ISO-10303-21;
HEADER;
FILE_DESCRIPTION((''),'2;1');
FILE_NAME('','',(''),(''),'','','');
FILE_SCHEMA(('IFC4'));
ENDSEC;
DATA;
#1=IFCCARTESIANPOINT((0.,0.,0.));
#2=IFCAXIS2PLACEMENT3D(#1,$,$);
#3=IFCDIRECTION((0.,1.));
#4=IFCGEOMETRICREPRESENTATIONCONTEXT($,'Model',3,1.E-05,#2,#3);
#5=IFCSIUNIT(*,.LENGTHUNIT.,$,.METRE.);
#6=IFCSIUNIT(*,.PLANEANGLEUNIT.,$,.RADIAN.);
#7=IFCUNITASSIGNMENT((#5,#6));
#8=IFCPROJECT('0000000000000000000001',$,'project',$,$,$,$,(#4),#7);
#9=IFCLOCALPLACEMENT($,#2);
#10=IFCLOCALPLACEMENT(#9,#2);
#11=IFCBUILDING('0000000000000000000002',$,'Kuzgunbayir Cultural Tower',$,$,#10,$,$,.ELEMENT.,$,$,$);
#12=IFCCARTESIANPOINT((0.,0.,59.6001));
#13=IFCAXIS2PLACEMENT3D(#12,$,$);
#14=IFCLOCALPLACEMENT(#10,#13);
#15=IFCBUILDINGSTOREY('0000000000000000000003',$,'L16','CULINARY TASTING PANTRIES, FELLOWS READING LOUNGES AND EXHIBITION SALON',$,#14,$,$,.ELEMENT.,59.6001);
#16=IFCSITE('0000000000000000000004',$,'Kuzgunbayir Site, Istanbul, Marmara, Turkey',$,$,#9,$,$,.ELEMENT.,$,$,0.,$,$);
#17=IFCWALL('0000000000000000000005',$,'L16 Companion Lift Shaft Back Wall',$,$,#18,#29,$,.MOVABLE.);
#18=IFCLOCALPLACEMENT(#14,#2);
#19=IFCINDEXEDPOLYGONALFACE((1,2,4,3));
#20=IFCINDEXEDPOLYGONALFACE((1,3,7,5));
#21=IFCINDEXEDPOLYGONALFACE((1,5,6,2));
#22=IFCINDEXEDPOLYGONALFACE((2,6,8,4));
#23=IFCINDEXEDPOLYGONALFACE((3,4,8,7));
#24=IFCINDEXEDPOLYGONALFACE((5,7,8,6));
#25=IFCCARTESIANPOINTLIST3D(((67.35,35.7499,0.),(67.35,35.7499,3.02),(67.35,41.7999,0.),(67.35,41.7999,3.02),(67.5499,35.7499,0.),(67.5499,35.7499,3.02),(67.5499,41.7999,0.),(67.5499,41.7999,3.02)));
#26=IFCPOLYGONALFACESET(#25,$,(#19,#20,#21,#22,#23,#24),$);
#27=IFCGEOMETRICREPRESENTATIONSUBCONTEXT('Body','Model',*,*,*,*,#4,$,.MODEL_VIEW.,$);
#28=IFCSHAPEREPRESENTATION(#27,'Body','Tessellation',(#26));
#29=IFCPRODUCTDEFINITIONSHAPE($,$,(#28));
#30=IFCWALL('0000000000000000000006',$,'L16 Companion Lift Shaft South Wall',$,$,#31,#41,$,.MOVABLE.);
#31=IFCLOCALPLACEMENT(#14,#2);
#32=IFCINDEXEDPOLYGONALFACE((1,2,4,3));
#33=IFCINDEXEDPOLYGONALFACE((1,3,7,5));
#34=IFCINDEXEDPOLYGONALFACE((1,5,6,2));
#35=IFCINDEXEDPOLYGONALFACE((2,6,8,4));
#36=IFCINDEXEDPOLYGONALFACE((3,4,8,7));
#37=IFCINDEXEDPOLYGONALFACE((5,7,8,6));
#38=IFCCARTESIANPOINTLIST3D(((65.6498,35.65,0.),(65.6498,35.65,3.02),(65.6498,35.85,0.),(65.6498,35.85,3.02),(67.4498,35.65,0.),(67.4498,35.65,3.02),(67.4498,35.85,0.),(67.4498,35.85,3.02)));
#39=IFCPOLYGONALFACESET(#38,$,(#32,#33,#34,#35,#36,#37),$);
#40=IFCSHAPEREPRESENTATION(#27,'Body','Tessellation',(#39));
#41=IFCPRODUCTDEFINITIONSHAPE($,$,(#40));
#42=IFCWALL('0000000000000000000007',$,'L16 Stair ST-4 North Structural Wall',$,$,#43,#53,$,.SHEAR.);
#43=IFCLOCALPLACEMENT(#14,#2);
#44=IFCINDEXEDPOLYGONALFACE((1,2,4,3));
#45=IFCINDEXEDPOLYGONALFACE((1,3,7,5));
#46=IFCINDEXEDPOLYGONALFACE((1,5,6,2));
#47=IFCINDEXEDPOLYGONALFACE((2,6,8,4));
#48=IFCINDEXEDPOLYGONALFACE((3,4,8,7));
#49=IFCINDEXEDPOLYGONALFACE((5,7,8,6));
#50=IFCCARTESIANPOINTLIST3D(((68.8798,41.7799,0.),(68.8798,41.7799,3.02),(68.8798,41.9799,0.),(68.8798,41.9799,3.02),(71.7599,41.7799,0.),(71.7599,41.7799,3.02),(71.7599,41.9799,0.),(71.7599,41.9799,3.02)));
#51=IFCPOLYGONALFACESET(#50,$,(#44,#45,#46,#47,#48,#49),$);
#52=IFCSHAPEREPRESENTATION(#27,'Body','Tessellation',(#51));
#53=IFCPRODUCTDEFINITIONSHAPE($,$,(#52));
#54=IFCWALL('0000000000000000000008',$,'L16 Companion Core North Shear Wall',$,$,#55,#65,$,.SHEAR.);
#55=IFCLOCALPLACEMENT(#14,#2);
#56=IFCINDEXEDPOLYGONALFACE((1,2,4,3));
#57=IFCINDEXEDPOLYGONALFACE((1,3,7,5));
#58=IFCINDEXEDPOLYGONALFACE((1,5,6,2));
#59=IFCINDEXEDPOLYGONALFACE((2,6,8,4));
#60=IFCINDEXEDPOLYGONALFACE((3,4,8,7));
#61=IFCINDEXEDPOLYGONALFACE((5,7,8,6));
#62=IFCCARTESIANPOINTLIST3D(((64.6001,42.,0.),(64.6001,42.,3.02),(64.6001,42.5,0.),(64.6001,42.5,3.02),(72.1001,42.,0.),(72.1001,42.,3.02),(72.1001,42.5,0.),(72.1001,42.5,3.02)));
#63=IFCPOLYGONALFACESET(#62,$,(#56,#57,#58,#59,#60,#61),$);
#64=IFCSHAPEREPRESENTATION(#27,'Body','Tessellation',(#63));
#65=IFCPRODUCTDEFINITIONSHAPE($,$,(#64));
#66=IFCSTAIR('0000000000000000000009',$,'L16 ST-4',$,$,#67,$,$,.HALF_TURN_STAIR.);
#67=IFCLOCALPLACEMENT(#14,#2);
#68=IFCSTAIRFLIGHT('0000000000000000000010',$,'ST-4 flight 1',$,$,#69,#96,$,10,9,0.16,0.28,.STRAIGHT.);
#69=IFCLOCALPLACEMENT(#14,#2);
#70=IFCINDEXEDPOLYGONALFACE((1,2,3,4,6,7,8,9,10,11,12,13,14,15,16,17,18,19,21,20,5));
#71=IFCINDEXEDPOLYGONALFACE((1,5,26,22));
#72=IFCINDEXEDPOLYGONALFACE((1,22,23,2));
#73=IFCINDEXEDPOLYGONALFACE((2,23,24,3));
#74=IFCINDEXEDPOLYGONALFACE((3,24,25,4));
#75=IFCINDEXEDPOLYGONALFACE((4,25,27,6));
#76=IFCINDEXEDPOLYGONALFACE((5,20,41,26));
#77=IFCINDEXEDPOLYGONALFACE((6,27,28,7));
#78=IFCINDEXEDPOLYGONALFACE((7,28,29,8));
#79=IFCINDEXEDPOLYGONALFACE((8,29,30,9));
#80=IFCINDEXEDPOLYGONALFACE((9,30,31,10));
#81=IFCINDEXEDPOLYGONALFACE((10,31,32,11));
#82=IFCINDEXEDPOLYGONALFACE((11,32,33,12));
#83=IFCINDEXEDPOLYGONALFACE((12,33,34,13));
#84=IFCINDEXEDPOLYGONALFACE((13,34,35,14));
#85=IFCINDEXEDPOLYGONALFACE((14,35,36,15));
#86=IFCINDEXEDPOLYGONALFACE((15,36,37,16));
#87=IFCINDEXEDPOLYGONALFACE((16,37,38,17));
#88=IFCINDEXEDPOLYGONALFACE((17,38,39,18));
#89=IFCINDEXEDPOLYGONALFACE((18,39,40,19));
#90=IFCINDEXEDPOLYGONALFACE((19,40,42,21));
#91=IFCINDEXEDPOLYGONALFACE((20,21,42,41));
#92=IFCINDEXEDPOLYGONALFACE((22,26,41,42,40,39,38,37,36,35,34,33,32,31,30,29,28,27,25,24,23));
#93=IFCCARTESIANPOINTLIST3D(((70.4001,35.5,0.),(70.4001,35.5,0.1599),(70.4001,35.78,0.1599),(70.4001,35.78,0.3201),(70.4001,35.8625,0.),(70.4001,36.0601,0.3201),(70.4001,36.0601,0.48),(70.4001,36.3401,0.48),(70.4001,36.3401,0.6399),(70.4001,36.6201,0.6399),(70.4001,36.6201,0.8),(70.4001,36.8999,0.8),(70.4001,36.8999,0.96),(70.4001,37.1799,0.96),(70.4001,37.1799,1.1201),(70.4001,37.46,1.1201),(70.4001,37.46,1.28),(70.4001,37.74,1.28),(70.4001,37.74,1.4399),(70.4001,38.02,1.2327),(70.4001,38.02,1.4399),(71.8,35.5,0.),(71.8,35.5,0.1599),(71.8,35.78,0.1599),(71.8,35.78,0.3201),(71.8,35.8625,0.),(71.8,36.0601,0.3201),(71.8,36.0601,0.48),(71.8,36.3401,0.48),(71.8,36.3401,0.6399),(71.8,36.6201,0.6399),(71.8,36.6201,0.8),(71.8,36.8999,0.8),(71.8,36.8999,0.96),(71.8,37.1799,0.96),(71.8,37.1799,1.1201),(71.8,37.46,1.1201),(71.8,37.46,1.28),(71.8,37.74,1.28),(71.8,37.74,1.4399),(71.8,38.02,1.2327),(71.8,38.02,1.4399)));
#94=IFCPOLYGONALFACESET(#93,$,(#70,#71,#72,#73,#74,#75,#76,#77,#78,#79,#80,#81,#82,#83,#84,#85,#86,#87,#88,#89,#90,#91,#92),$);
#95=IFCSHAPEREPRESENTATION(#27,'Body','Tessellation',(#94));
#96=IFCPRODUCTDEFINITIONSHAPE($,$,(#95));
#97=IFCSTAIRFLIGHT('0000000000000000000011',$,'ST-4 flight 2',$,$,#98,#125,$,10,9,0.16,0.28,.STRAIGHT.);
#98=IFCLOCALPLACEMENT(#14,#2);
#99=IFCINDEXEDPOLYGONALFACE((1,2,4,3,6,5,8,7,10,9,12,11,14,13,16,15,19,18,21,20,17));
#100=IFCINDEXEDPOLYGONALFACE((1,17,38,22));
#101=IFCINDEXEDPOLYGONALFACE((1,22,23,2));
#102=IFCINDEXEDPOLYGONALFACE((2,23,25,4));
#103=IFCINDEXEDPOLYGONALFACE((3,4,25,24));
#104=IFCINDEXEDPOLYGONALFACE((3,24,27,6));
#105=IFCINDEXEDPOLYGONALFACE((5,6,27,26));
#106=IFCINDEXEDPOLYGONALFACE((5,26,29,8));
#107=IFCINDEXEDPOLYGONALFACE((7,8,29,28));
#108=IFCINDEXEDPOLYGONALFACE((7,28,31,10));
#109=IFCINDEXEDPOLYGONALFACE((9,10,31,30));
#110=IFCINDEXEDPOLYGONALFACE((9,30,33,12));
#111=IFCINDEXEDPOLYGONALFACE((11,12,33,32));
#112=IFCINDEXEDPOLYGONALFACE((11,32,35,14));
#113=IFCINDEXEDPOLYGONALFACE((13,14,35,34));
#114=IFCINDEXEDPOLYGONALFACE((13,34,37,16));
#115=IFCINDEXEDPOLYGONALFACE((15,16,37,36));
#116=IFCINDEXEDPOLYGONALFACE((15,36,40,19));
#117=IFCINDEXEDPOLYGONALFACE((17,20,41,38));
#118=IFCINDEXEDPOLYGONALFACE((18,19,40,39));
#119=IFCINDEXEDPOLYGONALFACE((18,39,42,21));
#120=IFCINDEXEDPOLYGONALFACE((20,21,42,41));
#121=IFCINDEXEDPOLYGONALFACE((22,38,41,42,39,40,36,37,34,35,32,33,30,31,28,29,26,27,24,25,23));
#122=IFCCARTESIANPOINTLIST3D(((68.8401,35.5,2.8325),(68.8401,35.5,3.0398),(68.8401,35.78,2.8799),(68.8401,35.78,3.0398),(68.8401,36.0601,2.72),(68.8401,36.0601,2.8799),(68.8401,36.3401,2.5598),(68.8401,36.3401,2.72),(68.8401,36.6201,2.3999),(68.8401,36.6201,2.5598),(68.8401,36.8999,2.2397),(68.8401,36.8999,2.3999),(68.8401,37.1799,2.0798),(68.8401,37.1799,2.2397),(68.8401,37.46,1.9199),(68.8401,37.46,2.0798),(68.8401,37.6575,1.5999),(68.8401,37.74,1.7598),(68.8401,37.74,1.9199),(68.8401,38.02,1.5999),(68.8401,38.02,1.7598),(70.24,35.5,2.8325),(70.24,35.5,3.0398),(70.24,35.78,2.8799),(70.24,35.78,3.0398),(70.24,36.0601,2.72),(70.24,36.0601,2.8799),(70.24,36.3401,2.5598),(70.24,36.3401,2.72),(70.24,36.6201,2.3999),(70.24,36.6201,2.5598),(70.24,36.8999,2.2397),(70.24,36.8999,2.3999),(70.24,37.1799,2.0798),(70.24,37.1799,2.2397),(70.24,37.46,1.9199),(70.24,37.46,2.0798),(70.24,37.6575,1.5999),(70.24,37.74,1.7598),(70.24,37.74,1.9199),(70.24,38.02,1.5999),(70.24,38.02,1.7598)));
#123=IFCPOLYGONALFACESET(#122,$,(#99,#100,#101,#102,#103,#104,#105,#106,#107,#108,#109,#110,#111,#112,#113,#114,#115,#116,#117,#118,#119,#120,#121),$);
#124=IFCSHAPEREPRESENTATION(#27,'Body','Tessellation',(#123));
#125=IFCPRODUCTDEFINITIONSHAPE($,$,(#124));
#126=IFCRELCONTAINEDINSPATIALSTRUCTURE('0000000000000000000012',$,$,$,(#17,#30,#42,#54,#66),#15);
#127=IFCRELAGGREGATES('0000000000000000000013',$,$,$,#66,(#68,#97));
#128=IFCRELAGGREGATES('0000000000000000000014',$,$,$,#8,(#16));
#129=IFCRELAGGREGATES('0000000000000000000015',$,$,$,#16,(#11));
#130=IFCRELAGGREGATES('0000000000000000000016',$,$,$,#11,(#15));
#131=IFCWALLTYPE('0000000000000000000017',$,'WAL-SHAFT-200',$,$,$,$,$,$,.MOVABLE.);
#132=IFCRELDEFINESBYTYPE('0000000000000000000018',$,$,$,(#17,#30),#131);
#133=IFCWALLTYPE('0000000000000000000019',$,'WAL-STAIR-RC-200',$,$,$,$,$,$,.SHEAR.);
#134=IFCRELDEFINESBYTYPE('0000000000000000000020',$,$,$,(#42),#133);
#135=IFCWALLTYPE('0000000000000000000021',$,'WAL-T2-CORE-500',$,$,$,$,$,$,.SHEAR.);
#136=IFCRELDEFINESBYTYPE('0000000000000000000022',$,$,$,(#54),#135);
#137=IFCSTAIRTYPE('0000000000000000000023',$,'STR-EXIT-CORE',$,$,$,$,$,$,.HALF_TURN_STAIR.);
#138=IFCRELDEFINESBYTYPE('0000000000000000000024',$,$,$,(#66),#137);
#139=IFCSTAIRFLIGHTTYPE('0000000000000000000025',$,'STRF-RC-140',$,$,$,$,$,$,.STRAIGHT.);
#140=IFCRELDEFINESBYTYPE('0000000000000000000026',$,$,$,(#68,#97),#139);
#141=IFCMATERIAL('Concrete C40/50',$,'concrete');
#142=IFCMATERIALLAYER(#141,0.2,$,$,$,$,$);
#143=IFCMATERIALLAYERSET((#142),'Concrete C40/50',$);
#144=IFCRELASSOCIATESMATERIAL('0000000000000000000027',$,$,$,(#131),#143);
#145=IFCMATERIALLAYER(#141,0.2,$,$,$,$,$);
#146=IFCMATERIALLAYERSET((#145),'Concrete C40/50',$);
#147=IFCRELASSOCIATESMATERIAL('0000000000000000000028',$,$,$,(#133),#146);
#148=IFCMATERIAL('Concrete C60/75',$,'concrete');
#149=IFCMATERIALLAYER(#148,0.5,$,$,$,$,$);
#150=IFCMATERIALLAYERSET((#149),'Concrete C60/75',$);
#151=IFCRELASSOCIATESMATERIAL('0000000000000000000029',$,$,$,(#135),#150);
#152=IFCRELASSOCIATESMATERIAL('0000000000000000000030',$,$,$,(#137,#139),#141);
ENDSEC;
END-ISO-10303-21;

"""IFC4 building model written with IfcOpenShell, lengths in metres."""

from ifc_helpers import new_model, si_unit, direction, frame, frame_2d, origin, place, context, subcontext, project, spatial, polyline, rectangle, outline, extrude, material, layer, layer_set, type_object, element, aggregate, save


model = new_model("IFC4")

# Units and contexts
model_context = context("Model", 3, precision=1e-05, world=origin(), true_north=direction((0.0, 1.0)))
body_context = subcontext(model_context, "Body", "Model", "MODEL_VIEW")
ifc_project = project(units=[si_unit("LENGTHUNIT", "METRE"), si_unit("PLANEANGLEUNIT", "RADIAN")], contexts=[model_context])

# Site, building, storey
site_placement = place(None, origin())
site = spatial("IfcSite", under=ifc_project, at=site_placement, Name="Kuzgunbayir Site, Istanbul, Marmara, Turkey", CompositionType="ELEMENT", RefElevation=0.0)
building_placement = place(site_placement, origin())
building = spatial("IfcBuilding", under=site, at=building_placement, Name="Kuzgunbayir Cultural Tower", CompositionType="ELEMENT")
storey_placement = place(building_placement, frame((0.0, 0.0, 59.6001)))
storey = spatial("IfcBuildingStorey", under=building, at=storey_placement, Name="L16", Description="CULINARY TASTING PANTRIES, FELLOWS READING LOUNGES AND EXHIBITION SALON", CompositionType="ELEMENT", Elevation=59.6001)

# Shared definitions
ifc_material_1 = material(Name="Concrete C60/75", Category="concrete")

# Shared definitions
ifc_material_2 = material(Name="Concrete C40/50", Category="concrete")
ifc_layer_1 = layer(ifc_material_2, 0.2)
ifc_layer_set_1 = layer_set([ifc_layer_1], Name="Concrete C40/50")
wall_type_1 = type_object("IfcWallType", Name="WAL-SHAFT-200", PredefinedType="MOVABLE", material=ifc_layer_set_1)

# Walls
wall_1_placement = place(storey_placement, frame((67.45, 35.75, 0.0), z_axis=(0.0, 0.0, 1.0), x_axis=(0.0, 1.0, 0.0)))
element("IfcWall", 1, at=wall_1_placement, inside=storey, type_object=wall_type_1, Name="L16 Companion Lift Shaft Back Wall", PredefinedType="MOVABLE", context=body_context, shape_type="SweptSolid", body=[
    extrude(rectangle(XDim=6.05, YDim=0.2, at=frame_2d((3.0249, 0.0))), origin(), (0.0, 0.0, 1.0), 3.02),
])
wall_2_placement = place(storey_placement, frame((65.6499, 35.75, 0.0), z_axis=(0.0, 0.0, 1.0), x_axis=(1.0, 0.0, 0.0)))
element("IfcWall", 2, at=wall_2_placement, inside=storey, type_object=wall_type_1, Name="L16 Companion Lift Shaft South Wall", PredefinedType="MOVABLE", context=body_context, shape_type="SweptSolid", body=[
    extrude(rectangle(XDim=1.8, YDim=0.2, at=frame_2d((0.8999, 0.0))), origin(), (0.0, 0.0, 1.0), 3.02),
])
ifc_layer_2 = layer(ifc_material_2, 0.2)
ifc_layer_set_2 = layer_set([ifc_layer_2], Name="Concrete C40/50")
wall_type_2 = type_object("IfcWallType", Name="WAL-STAIR-RC-200", PredefinedType="SHEAR", material=ifc_layer_set_2)
wall_3_placement = place(storey_placement, frame((68.8799, 41.8799, 0.0), z_axis=(0.0, 0.0, 1.0), x_axis=(1.0, 0.0, 0.0)))
element("IfcWall", 3, at=wall_3_placement, inside=storey, type_object=wall_type_2, Name="L16 Stair ST-4 North Structural Wall", PredefinedType="SHEAR", context=body_context, shape_type="SweptSolid", body=[
    extrude(rectangle(XDim=2.8801, YDim=0.2, at=frame_2d((1.4399, 0.0))), origin(), (0.0, 0.0, 1.0), 3.02),
])
ifc_layer_3 = layer(ifc_material_1, 0.5)
ifc_layer_set_3 = layer_set([ifc_layer_3], Name="Concrete C60/75")
wall_type_3 = type_object("IfcWallType", Name="WAL-T2-CORE-500", PredefinedType="SHEAR", material=ifc_layer_set_3)
wall_4_placement = place(storey_placement, frame((64.6001, 42.25, 0.0), z_axis=(0.0, 0.0, 1.0), x_axis=(1.0, 0.0, 0.0)))
element("IfcWall", 4, at=wall_4_placement, inside=storey, type_object=wall_type_3, Name="L16 Companion Core North Shear Wall", PredefinedType="SHEAR", context=body_context, shape_type="SweptSolid", body=[
    extrude(rectangle(XDim=7.5, YDim=0.5, at=frame_2d((3.75, 0.0))), origin(), (0.0, 0.0, 1.0), 3.02),
])

# Stair, stair flights
stair_type = type_object("IfcStairType", Name="STR-EXIT-CORE", PredefinedType="HALF_TURN_STAIR", material=ifc_material_2)
stair_placement = place(storey_placement, origin())
stair = element("IfcStair", 5, at=stair_placement, inside=storey, type_object=stair_type, Name="L16 ST-4", PredefinedType="HALF_TURN_STAIR")
stair_flight_type = type_object("IfcStairFlightType", Name="STRF-RC-140", PredefinedType="STRAIGHT", material=ifc_material_2)
stair_flight_1_placement = place(storey_placement, frame((71.1001, 35.5, 0.0), z_axis=(0.0, 0.0, 1.0), x_axis=(0.0, 1.0, 0.0)))
stair_flight_1 = element("IfcStairFlight", 6, at=stair_flight_1_placement, type_object=stair_flight_type, Name="ST-4 flight 1", NumberOfRisers=10, NumberOfTreads=9, PredefinedType="STRAIGHT", RiserHeight=0.16, TreadLength=0.28, context=body_context, shape_type="SweptSolid", body=[
    extrude(outline(polyline([(0.0, 0.0), (0.0, 0.1599), (0.28, 0.1599), (0.28, 0.3201), (0.5601, 0.3201), (0.5601, 0.48), (0.8401, 0.48), (0.8401, 0.6399), (1.1201, 0.6399), (1.1201, 0.8), (1.3999, 0.8), (1.3999, 0.96), (1.6799, 0.96), (1.6799, 1.1201), (1.96, 1.1201), (1.96, 1.28), (2.24, 1.28), (2.24, 1.4399), (2.52, 1.4399), (2.52, 1.6001), (2.52, 1.2327), (0.3625, 0.0), (0.0, 0.0)])), frame((0.0, 0.7, 0.0), z_axis=(0.0, -1.0, 0.0), x_axis=(1.0, 0.0, 0.0)), (0.0, 0.0, 1.0), 1.3999),
])
stair_flight_2_placement = place(storey_placement, frame((69.54, 38.02, 1.5999), z_axis=(0.0, 0.0, 1.0), x_axis=(0.0, -1.0, 0.0)))
stair_flight_2 = element("IfcStairFlight", 7, at=stair_flight_2_placement, type_object=stair_flight_type, Name="ST-4 flight 2", NumberOfRisers=10, NumberOfTreads=9, PredefinedType="STRAIGHT", RiserHeight=0.16, TreadLength=0.28, context=body_context, shape_type="SweptSolid", body=[
    extrude(outline(polyline([(0.0, 0.0), (0.0, 0.1599), (0.28, 0.1599), (0.28, 0.3201), (0.5601, 0.3201), (0.5601, 0.48), (0.8401, 0.48), (0.8401, 0.6399), (1.1201, 0.6399), (1.1201, 0.8), (1.3999, 0.8), (1.3999, 0.96), (1.6799, 0.96), (1.6799, 1.1201), (1.96, 1.1201), (1.96, 1.28), (2.24, 1.28), (2.24, 1.4399), (2.52, 1.4399), (2.52, 1.6001), (2.52, 1.2327), (0.3625, 0.0), (0.0, 0.0)])), frame((0.0, 0.7, 0.0), z_axis=(0.0, -1.0, 0.0), x_axis=(1.0, 0.0, 0.0)), (0.0, 0.0, 1.0), 1.3999),
])
aggregate(stair, [stair_flight_1, stair_flight_2])

save(model, "model.ifc")
